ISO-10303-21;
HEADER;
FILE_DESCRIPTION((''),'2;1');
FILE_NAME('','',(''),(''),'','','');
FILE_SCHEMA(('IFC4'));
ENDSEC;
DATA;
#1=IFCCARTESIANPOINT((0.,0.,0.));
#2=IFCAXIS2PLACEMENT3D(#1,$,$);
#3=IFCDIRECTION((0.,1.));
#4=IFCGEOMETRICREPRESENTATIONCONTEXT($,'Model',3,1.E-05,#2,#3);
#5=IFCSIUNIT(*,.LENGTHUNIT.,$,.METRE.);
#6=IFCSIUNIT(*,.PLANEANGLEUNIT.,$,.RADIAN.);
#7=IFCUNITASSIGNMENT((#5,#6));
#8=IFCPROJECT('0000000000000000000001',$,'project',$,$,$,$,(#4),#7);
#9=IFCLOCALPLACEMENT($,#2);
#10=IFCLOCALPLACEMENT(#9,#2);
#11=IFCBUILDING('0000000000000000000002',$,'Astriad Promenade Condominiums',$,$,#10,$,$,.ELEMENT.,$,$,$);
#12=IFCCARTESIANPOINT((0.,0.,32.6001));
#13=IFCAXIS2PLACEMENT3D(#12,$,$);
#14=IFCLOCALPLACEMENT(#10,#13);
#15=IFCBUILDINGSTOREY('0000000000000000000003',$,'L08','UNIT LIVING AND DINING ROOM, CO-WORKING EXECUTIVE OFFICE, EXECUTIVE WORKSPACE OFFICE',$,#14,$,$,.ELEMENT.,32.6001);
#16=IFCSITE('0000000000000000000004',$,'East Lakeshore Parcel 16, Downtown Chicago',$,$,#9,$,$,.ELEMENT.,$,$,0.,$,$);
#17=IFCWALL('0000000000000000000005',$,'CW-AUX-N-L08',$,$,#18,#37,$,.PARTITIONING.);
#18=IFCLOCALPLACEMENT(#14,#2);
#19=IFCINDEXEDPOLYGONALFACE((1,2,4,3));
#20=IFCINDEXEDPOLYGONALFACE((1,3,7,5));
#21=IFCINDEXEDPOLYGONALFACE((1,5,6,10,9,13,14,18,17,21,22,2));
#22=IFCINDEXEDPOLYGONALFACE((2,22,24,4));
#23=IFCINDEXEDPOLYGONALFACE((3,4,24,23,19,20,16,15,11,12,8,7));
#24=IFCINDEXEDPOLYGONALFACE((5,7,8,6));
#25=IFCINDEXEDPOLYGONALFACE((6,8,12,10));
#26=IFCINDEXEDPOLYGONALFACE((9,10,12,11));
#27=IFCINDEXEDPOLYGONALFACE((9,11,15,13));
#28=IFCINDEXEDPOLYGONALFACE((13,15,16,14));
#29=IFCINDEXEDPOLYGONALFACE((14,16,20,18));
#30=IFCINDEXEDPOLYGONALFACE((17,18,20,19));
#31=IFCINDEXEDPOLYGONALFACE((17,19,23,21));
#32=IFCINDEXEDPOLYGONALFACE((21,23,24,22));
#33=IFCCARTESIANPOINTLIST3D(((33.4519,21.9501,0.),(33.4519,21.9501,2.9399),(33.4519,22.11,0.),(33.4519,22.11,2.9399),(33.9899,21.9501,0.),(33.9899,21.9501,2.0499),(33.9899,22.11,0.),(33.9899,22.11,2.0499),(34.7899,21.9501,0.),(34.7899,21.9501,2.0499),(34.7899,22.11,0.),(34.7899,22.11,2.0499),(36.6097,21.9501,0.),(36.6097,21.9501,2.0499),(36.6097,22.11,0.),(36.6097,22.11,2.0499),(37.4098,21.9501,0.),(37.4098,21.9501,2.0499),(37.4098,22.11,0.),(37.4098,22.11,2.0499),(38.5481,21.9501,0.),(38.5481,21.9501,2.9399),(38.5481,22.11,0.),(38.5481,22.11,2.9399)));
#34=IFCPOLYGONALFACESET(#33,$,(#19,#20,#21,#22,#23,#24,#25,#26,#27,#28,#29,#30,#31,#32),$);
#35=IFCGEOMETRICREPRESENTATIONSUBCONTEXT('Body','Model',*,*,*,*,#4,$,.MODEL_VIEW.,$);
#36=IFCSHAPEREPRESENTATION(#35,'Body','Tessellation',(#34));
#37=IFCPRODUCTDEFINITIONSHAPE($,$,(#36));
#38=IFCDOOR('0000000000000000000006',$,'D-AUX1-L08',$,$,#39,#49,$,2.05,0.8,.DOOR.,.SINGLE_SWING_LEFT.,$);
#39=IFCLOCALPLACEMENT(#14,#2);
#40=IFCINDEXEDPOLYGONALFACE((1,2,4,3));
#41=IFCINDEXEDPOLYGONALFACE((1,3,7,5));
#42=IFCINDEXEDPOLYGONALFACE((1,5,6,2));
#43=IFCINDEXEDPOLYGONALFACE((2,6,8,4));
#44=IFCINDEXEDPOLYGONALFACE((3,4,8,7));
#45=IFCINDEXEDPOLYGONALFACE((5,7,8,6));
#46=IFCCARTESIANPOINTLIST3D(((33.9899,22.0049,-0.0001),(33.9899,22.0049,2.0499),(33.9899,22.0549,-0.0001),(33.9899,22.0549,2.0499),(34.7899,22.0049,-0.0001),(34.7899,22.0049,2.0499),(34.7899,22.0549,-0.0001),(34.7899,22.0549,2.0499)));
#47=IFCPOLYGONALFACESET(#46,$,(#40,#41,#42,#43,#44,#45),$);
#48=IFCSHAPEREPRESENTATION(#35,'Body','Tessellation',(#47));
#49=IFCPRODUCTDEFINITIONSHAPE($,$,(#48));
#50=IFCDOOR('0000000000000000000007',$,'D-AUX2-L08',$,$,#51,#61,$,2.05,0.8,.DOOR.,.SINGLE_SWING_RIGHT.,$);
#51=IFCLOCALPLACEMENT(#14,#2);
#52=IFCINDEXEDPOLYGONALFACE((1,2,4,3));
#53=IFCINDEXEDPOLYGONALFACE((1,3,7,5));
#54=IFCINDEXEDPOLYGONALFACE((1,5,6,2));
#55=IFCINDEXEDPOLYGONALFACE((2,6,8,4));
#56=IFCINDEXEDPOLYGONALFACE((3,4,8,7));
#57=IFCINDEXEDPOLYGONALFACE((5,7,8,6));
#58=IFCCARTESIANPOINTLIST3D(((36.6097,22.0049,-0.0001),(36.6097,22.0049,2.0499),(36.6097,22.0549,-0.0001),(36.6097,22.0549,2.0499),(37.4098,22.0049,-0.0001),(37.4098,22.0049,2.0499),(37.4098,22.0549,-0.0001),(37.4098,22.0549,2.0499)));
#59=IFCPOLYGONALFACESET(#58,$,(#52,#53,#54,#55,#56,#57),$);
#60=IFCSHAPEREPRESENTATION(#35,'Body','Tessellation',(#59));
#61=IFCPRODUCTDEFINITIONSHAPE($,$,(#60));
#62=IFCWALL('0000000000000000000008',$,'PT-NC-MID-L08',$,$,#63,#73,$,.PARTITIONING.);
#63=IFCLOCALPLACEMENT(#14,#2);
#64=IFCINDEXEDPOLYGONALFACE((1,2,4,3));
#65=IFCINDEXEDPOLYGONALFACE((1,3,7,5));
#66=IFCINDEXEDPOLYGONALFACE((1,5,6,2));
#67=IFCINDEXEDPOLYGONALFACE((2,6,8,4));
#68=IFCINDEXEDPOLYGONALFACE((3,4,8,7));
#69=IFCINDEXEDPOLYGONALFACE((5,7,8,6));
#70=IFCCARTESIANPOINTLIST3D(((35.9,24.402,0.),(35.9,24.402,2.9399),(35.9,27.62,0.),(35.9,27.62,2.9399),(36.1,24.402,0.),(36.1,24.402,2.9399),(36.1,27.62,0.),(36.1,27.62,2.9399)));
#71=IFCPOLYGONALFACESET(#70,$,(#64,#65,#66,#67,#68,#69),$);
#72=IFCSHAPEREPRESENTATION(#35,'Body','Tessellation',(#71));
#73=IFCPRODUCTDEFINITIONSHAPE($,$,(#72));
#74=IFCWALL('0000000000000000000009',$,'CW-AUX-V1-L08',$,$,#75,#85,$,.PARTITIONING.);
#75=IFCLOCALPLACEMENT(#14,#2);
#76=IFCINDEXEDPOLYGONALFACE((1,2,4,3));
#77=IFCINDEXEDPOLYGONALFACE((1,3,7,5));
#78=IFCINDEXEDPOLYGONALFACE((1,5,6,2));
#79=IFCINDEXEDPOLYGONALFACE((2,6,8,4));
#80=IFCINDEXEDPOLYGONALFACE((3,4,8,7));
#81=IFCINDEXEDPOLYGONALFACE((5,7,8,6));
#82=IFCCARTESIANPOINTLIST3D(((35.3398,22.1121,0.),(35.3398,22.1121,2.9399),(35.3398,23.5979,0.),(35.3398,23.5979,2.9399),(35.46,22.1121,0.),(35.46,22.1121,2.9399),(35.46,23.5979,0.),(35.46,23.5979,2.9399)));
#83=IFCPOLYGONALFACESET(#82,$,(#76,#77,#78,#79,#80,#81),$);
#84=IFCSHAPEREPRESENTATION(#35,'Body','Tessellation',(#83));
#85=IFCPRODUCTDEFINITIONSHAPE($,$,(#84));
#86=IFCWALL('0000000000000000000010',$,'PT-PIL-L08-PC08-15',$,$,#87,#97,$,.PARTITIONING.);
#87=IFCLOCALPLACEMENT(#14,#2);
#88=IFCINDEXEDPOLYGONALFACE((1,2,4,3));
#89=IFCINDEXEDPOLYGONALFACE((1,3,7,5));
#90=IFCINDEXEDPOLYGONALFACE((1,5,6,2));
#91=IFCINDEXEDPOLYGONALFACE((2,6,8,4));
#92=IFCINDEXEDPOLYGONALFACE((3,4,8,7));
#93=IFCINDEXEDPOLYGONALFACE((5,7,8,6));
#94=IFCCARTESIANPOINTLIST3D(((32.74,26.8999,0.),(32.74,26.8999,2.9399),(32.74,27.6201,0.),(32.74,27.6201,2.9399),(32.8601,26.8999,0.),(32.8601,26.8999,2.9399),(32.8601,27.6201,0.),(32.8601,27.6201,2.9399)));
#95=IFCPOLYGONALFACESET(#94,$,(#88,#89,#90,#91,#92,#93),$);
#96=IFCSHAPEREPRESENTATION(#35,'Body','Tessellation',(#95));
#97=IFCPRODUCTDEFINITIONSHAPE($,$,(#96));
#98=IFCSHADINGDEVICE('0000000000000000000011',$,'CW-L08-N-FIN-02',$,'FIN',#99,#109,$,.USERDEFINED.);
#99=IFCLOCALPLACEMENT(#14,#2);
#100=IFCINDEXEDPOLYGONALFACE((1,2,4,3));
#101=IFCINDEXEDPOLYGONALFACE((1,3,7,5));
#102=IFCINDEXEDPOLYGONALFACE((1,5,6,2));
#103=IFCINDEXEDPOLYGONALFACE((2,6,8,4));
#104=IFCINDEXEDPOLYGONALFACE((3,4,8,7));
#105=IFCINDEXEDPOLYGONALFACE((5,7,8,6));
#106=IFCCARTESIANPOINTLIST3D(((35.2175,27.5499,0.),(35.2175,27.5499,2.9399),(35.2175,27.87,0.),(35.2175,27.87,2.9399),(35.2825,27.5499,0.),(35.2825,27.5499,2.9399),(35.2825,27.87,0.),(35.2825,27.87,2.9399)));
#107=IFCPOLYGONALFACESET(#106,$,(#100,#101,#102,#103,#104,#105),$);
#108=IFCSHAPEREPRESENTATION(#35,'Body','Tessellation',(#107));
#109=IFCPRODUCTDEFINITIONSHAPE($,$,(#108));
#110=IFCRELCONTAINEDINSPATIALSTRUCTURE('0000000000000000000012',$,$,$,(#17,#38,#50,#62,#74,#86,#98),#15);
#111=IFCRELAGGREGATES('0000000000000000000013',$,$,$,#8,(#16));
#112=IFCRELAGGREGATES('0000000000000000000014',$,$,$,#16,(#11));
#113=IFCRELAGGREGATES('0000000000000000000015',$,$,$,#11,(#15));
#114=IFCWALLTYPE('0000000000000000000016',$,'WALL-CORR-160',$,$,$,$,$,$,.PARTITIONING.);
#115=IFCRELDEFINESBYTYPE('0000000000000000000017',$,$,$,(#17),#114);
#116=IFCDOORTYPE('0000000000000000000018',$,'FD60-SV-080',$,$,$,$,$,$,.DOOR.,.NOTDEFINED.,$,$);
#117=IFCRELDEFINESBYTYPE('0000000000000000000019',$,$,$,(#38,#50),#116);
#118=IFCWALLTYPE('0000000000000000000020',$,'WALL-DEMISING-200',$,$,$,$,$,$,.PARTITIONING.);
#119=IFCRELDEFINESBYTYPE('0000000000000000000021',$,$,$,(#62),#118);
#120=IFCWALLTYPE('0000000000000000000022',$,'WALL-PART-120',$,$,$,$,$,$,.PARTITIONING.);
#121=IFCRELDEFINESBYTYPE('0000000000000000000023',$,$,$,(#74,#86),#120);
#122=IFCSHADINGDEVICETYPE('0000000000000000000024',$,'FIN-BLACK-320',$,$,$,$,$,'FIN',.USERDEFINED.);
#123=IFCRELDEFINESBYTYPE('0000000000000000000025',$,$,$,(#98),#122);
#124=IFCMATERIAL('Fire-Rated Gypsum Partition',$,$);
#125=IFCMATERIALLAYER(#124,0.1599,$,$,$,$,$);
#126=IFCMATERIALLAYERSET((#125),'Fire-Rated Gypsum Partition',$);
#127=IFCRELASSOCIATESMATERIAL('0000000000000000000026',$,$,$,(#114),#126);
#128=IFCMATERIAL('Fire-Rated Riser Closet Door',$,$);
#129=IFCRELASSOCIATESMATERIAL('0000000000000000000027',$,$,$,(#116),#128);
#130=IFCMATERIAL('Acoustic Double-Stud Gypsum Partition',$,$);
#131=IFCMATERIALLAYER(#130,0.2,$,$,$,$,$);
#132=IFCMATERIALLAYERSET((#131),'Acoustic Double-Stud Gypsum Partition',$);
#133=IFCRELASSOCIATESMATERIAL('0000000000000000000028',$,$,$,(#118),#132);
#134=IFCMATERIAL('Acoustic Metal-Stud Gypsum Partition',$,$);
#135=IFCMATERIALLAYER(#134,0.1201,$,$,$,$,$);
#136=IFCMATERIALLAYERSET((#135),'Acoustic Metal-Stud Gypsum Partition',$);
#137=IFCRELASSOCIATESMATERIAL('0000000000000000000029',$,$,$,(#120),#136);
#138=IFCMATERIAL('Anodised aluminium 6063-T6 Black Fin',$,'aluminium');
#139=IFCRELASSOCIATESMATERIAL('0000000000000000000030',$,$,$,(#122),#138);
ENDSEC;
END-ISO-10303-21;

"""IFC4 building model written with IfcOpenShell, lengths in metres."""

from ifc_helpers import new_model, si_unit, direction, frame, frame_2d, origin, origin_2d, place, context, subcontext, project, spatial, rectangle, extrude, source, transform, mapped, material, layer, layer_set, type_object, type_shapes, element, fill, save


model = new_model("IFC4")

# Units and contexts
model_context = context("Model", 3, precision=1e-05, world=origin(), true_north=direction((0.0, 1.0)))
body_context = subcontext(model_context, "Body", "Model", "MODEL_VIEW")
ifc_project = project(units=[si_unit("LENGTHUNIT", "METRE"), si_unit("PLANEANGLEUNIT", "RADIAN")], contexts=[model_context])

# Site, building, storey
site_placement = place(None, origin())
site = spatial("IfcSite", under=ifc_project, at=site_placement, Name="East Lakeshore Parcel 16, Downtown Chicago", CompositionType="ELEMENT", RefElevation=0.0)
building_placement = place(site_placement, origin())
building = spatial("IfcBuilding", under=site, at=building_placement, Name="Astriad Promenade Condominiums", CompositionType="ELEMENT")
storey_placement = place(building_placement, frame((0.0, 0.0, 32.6001)))
storey = spatial("IfcBuildingStorey", under=building, at=storey_placement, Name="L08", Description="UNIT LIVING AND DINING ROOM, CO-WORKING EXECUTIVE OFFICE, EXECUTIVE WORKSPACE OFFICE", CompositionType="ELEMENT", Elevation=32.6001)

# Shared definitions
ifc_material_1 = material(Name="Fire-Rated Gypsum Partition")
ifc_layer_1 = layer(ifc_material_1, 0.1599)
ifc_layer_set_1 = layer_set([ifc_layer_1], Name="Fire-Rated Gypsum Partition")
wall_type_1 = type_object("IfcWallType", Name="WALL-CORR-160", PredefinedType="PARTITIONING", material=ifc_layer_set_1)

# Wall, openings, doors
wall_1_placement = place(storey_placement, frame((33.4519, 22.03, 0.0), z_axis=(0.0, 0.0, 1.0), x_axis=(1.0, 0.0, 0.0)))
wall_1 = element("IfcWall", 1, at=wall_1_placement, inside=storey, type_object=wall_type_1, Name="CW-AUX-N-L08", PredefinedType="PARTITIONING", context=body_context, shape_type="SweptSolid", body=[
    extrude(rectangle(XDim=5.0962, YDim=0.1599, at=frame_2d((2.5481, 0.0))), origin(), (0.0, 0.0, 1.0), 2.9399),
])
opening_1_placement = place(wall_1_placement, frame((0.5381, 0.0, 0.0)))
opening_1 = element("IfcOpeningElement", 2, at=opening_1_placement, cuts=wall_1, PredefinedType="OPENING", context=body_context, shape_type="SweptSolid", body=[
    extrude(rectangle(XDim=0.8, YDim=2.05, at=frame_2d((0.3999, 1.0249))), frame((0.0, 0.0898, 0.0), z_axis=(0.0, -1.0, 0.0), x_axis=(1.0, 0.0, 0.0)), (0.0, 0.0, 1.0), 0.1799),
])
opening_2_placement = place(wall_1_placement, frame((3.158, 0.0, 0.0)))
opening_2 = element("IfcOpeningElement", 3, at=opening_2_placement, cuts=wall_1, PredefinedType="OPENING", context=body_context, shape_type="SweptSolid", body=[
    extrude(rectangle(XDim=0.8, YDim=2.05, at=frame_2d((0.3999, 1.0249))), frame((0.0, 0.0898, 0.0), z_axis=(0.0, -1.0, 0.0), x_axis=(1.0, 0.0, 0.0)), (0.0, 0.0, 1.0), 0.1799),
])
ifc_material_2 = material(Name="Fire-Rated Riser Closet Door")
door_type_1 = type_object("IfcDoorType", Name="FD60-SV-080", OperationType="NOTDEFINED", PredefinedType="DOOR", material=ifc_material_2)
shared_shape_1 = source(origin(), body_context, "Body", "SweptSolid", [
    extrude(rectangle(XDim=0.8, YDim=2.05, at=frame_2d((0.3999, 1.0249))), frame((0.0, 0.0249, 0.0), z_axis=(0.0, -1.0, 0.0), x_axis=(1.0, 0.0, 0.0)), (0.0, 0.0, 1.0), 0.05),
])
type_shapes(door_type_1, [shared_shape_1])
door_1_placement = place(opening_1_placement, origin())
door_1 = element("IfcDoor", 4, at=door_1_placement, inside=storey, type_object=door_type_1, Name="D-AUX1-L08", OperationType="SINGLE_SWING_LEFT", OverallHeight=2.05, OverallWidth=0.8, PredefinedType="DOOR", context=body_context, shape_type="MappedRepresentation", body=[
    mapped(shared_shape_1, transform((0.0, 0.0, 0.0), scale=1.0)),
])
fill(opening_1, door_1)
door_2_placement = place(opening_2_placement, origin())
door_2 = element("IfcDoor", 5, at=door_2_placement, inside=storey, type_object=door_type_1, Name="D-AUX2-L08", OperationType="SINGLE_SWING_RIGHT", OverallHeight=2.05, OverallWidth=0.8, PredefinedType="DOOR", context=body_context, shape_type="MappedRepresentation", body=[
    mapped(shared_shape_1, transform((0.0, 0.0, 0.0), scale=1.0)),
])
fill(opening_2, door_2)

# Walls
ifc_material_3 = material(Name="Acoustic Double-Stud Gypsum Partition")
ifc_layer_2 = layer(ifc_material_3, 0.2)
ifc_layer_set_2 = layer_set([ifc_layer_2], Name="Acoustic Double-Stud Gypsum Partition")
wall_type_2 = type_object("IfcWallType", Name="WALL-DEMISING-200", PredefinedType="PARTITIONING", material=ifc_layer_set_2)
wall_2_placement = place(storey_placement, frame((36.0, 24.4021, 0.0), z_axis=(0.0, 0.0, 1.0), x_axis=(0.0, 1.0, 0.0)))
element("IfcWall", 6, at=wall_2_placement, inside=storey, type_object=wall_type_2, Name="PT-NC-MID-L08", PredefinedType="PARTITIONING", context=body_context, shape_type="SweptSolid", body=[
    extrude(rectangle(XDim=3.218, YDim=0.2, at=frame_2d((1.6089, 0.0))), origin(), (0.0, 0.0, 1.0), 2.9399),
])
ifc_material_4 = material(Name="Acoustic Metal-Stud Gypsum Partition")
ifc_layer_3 = layer(ifc_material_4, 0.1201)
ifc_layer_set_3 = layer_set([ifc_layer_3], Name="Acoustic Metal-Stud Gypsum Partition")
wall_type_3 = type_object("IfcWallType", Name="WALL-PART-120", PredefinedType="PARTITIONING", material=ifc_layer_set_3)
wall_3_placement = place(storey_placement, frame((35.3999, 22.1121, 0.0), z_axis=(0.0, 0.0, 1.0), x_axis=(0.0, 1.0, 0.0)))
element("IfcWall", 7, at=wall_3_placement, inside=storey, type_object=wall_type_3, Name="CW-AUX-V1-L08", PredefinedType="PARTITIONING", context=body_context, shape_type="SweptSolid", body=[
    extrude(rectangle(XDim=1.4858, YDim=0.1201, at=frame_2d((0.7429, 0.0))), origin(), (0.0, 0.0, 1.0), 2.9399),
])
wall_4_placement = place(storey_placement, frame((32.8, 26.8999, 0.0), z_axis=(0.0, 0.0, 1.0), x_axis=(0.0, 1.0, 0.0)))
element("IfcWall", 8, at=wall_4_placement, inside=storey, type_object=wall_type_3, Name="PT-PIL-L08-PC08-15", PredefinedType="PARTITIONING", context=body_context, shape_type="SweptSolid", body=[
    extrude(rectangle(XDim=0.7202, YDim=0.1201, at=frame_2d((0.3601, 0.0))), origin(), (0.0, 0.0, 1.0), 2.9399),
])

# Shading device
ifc_material_5 = material(Name="Anodised aluminium 6063-T6 Black Fin", Category="aluminium")
shading_device_type = type_object("IfcShadingDeviceType", Name="FIN-BLACK-320", ElementType="FIN", PredefinedType="USERDEFINED", material=ifc_material_5)
shared_shape_2 = source(origin(), body_context, "Body", "SweptSolid", [
    extrude(rectangle(XDim=0.0649, YDim=0.3201, at=origin_2d()), origin(), (0.0, 0.0, 1.0), 2.9399),
])
type_shapes(shading_device_type, [shared_shape_2])
shading_device_placement = place(storey_placement, frame((35.25, 27.71, 0.0), z_axis=(0.0, 0.0, 1.0), x_axis=(1.0, 0.0, 0.0)))
element("IfcShadingDevice", 9, at=shading_device_placement, inside=storey, type_object=shading_device_type, Name="CW-L08-N-FIN-02", ObjectType="FIN", PredefinedType="USERDEFINED", context=body_context, shape_type="MappedRepresentation", body=[
    mapped(shared_shape_2, transform((0.0, 0.0, 0.0), scale=1.0)),
])

save(model, "model.ifc")
